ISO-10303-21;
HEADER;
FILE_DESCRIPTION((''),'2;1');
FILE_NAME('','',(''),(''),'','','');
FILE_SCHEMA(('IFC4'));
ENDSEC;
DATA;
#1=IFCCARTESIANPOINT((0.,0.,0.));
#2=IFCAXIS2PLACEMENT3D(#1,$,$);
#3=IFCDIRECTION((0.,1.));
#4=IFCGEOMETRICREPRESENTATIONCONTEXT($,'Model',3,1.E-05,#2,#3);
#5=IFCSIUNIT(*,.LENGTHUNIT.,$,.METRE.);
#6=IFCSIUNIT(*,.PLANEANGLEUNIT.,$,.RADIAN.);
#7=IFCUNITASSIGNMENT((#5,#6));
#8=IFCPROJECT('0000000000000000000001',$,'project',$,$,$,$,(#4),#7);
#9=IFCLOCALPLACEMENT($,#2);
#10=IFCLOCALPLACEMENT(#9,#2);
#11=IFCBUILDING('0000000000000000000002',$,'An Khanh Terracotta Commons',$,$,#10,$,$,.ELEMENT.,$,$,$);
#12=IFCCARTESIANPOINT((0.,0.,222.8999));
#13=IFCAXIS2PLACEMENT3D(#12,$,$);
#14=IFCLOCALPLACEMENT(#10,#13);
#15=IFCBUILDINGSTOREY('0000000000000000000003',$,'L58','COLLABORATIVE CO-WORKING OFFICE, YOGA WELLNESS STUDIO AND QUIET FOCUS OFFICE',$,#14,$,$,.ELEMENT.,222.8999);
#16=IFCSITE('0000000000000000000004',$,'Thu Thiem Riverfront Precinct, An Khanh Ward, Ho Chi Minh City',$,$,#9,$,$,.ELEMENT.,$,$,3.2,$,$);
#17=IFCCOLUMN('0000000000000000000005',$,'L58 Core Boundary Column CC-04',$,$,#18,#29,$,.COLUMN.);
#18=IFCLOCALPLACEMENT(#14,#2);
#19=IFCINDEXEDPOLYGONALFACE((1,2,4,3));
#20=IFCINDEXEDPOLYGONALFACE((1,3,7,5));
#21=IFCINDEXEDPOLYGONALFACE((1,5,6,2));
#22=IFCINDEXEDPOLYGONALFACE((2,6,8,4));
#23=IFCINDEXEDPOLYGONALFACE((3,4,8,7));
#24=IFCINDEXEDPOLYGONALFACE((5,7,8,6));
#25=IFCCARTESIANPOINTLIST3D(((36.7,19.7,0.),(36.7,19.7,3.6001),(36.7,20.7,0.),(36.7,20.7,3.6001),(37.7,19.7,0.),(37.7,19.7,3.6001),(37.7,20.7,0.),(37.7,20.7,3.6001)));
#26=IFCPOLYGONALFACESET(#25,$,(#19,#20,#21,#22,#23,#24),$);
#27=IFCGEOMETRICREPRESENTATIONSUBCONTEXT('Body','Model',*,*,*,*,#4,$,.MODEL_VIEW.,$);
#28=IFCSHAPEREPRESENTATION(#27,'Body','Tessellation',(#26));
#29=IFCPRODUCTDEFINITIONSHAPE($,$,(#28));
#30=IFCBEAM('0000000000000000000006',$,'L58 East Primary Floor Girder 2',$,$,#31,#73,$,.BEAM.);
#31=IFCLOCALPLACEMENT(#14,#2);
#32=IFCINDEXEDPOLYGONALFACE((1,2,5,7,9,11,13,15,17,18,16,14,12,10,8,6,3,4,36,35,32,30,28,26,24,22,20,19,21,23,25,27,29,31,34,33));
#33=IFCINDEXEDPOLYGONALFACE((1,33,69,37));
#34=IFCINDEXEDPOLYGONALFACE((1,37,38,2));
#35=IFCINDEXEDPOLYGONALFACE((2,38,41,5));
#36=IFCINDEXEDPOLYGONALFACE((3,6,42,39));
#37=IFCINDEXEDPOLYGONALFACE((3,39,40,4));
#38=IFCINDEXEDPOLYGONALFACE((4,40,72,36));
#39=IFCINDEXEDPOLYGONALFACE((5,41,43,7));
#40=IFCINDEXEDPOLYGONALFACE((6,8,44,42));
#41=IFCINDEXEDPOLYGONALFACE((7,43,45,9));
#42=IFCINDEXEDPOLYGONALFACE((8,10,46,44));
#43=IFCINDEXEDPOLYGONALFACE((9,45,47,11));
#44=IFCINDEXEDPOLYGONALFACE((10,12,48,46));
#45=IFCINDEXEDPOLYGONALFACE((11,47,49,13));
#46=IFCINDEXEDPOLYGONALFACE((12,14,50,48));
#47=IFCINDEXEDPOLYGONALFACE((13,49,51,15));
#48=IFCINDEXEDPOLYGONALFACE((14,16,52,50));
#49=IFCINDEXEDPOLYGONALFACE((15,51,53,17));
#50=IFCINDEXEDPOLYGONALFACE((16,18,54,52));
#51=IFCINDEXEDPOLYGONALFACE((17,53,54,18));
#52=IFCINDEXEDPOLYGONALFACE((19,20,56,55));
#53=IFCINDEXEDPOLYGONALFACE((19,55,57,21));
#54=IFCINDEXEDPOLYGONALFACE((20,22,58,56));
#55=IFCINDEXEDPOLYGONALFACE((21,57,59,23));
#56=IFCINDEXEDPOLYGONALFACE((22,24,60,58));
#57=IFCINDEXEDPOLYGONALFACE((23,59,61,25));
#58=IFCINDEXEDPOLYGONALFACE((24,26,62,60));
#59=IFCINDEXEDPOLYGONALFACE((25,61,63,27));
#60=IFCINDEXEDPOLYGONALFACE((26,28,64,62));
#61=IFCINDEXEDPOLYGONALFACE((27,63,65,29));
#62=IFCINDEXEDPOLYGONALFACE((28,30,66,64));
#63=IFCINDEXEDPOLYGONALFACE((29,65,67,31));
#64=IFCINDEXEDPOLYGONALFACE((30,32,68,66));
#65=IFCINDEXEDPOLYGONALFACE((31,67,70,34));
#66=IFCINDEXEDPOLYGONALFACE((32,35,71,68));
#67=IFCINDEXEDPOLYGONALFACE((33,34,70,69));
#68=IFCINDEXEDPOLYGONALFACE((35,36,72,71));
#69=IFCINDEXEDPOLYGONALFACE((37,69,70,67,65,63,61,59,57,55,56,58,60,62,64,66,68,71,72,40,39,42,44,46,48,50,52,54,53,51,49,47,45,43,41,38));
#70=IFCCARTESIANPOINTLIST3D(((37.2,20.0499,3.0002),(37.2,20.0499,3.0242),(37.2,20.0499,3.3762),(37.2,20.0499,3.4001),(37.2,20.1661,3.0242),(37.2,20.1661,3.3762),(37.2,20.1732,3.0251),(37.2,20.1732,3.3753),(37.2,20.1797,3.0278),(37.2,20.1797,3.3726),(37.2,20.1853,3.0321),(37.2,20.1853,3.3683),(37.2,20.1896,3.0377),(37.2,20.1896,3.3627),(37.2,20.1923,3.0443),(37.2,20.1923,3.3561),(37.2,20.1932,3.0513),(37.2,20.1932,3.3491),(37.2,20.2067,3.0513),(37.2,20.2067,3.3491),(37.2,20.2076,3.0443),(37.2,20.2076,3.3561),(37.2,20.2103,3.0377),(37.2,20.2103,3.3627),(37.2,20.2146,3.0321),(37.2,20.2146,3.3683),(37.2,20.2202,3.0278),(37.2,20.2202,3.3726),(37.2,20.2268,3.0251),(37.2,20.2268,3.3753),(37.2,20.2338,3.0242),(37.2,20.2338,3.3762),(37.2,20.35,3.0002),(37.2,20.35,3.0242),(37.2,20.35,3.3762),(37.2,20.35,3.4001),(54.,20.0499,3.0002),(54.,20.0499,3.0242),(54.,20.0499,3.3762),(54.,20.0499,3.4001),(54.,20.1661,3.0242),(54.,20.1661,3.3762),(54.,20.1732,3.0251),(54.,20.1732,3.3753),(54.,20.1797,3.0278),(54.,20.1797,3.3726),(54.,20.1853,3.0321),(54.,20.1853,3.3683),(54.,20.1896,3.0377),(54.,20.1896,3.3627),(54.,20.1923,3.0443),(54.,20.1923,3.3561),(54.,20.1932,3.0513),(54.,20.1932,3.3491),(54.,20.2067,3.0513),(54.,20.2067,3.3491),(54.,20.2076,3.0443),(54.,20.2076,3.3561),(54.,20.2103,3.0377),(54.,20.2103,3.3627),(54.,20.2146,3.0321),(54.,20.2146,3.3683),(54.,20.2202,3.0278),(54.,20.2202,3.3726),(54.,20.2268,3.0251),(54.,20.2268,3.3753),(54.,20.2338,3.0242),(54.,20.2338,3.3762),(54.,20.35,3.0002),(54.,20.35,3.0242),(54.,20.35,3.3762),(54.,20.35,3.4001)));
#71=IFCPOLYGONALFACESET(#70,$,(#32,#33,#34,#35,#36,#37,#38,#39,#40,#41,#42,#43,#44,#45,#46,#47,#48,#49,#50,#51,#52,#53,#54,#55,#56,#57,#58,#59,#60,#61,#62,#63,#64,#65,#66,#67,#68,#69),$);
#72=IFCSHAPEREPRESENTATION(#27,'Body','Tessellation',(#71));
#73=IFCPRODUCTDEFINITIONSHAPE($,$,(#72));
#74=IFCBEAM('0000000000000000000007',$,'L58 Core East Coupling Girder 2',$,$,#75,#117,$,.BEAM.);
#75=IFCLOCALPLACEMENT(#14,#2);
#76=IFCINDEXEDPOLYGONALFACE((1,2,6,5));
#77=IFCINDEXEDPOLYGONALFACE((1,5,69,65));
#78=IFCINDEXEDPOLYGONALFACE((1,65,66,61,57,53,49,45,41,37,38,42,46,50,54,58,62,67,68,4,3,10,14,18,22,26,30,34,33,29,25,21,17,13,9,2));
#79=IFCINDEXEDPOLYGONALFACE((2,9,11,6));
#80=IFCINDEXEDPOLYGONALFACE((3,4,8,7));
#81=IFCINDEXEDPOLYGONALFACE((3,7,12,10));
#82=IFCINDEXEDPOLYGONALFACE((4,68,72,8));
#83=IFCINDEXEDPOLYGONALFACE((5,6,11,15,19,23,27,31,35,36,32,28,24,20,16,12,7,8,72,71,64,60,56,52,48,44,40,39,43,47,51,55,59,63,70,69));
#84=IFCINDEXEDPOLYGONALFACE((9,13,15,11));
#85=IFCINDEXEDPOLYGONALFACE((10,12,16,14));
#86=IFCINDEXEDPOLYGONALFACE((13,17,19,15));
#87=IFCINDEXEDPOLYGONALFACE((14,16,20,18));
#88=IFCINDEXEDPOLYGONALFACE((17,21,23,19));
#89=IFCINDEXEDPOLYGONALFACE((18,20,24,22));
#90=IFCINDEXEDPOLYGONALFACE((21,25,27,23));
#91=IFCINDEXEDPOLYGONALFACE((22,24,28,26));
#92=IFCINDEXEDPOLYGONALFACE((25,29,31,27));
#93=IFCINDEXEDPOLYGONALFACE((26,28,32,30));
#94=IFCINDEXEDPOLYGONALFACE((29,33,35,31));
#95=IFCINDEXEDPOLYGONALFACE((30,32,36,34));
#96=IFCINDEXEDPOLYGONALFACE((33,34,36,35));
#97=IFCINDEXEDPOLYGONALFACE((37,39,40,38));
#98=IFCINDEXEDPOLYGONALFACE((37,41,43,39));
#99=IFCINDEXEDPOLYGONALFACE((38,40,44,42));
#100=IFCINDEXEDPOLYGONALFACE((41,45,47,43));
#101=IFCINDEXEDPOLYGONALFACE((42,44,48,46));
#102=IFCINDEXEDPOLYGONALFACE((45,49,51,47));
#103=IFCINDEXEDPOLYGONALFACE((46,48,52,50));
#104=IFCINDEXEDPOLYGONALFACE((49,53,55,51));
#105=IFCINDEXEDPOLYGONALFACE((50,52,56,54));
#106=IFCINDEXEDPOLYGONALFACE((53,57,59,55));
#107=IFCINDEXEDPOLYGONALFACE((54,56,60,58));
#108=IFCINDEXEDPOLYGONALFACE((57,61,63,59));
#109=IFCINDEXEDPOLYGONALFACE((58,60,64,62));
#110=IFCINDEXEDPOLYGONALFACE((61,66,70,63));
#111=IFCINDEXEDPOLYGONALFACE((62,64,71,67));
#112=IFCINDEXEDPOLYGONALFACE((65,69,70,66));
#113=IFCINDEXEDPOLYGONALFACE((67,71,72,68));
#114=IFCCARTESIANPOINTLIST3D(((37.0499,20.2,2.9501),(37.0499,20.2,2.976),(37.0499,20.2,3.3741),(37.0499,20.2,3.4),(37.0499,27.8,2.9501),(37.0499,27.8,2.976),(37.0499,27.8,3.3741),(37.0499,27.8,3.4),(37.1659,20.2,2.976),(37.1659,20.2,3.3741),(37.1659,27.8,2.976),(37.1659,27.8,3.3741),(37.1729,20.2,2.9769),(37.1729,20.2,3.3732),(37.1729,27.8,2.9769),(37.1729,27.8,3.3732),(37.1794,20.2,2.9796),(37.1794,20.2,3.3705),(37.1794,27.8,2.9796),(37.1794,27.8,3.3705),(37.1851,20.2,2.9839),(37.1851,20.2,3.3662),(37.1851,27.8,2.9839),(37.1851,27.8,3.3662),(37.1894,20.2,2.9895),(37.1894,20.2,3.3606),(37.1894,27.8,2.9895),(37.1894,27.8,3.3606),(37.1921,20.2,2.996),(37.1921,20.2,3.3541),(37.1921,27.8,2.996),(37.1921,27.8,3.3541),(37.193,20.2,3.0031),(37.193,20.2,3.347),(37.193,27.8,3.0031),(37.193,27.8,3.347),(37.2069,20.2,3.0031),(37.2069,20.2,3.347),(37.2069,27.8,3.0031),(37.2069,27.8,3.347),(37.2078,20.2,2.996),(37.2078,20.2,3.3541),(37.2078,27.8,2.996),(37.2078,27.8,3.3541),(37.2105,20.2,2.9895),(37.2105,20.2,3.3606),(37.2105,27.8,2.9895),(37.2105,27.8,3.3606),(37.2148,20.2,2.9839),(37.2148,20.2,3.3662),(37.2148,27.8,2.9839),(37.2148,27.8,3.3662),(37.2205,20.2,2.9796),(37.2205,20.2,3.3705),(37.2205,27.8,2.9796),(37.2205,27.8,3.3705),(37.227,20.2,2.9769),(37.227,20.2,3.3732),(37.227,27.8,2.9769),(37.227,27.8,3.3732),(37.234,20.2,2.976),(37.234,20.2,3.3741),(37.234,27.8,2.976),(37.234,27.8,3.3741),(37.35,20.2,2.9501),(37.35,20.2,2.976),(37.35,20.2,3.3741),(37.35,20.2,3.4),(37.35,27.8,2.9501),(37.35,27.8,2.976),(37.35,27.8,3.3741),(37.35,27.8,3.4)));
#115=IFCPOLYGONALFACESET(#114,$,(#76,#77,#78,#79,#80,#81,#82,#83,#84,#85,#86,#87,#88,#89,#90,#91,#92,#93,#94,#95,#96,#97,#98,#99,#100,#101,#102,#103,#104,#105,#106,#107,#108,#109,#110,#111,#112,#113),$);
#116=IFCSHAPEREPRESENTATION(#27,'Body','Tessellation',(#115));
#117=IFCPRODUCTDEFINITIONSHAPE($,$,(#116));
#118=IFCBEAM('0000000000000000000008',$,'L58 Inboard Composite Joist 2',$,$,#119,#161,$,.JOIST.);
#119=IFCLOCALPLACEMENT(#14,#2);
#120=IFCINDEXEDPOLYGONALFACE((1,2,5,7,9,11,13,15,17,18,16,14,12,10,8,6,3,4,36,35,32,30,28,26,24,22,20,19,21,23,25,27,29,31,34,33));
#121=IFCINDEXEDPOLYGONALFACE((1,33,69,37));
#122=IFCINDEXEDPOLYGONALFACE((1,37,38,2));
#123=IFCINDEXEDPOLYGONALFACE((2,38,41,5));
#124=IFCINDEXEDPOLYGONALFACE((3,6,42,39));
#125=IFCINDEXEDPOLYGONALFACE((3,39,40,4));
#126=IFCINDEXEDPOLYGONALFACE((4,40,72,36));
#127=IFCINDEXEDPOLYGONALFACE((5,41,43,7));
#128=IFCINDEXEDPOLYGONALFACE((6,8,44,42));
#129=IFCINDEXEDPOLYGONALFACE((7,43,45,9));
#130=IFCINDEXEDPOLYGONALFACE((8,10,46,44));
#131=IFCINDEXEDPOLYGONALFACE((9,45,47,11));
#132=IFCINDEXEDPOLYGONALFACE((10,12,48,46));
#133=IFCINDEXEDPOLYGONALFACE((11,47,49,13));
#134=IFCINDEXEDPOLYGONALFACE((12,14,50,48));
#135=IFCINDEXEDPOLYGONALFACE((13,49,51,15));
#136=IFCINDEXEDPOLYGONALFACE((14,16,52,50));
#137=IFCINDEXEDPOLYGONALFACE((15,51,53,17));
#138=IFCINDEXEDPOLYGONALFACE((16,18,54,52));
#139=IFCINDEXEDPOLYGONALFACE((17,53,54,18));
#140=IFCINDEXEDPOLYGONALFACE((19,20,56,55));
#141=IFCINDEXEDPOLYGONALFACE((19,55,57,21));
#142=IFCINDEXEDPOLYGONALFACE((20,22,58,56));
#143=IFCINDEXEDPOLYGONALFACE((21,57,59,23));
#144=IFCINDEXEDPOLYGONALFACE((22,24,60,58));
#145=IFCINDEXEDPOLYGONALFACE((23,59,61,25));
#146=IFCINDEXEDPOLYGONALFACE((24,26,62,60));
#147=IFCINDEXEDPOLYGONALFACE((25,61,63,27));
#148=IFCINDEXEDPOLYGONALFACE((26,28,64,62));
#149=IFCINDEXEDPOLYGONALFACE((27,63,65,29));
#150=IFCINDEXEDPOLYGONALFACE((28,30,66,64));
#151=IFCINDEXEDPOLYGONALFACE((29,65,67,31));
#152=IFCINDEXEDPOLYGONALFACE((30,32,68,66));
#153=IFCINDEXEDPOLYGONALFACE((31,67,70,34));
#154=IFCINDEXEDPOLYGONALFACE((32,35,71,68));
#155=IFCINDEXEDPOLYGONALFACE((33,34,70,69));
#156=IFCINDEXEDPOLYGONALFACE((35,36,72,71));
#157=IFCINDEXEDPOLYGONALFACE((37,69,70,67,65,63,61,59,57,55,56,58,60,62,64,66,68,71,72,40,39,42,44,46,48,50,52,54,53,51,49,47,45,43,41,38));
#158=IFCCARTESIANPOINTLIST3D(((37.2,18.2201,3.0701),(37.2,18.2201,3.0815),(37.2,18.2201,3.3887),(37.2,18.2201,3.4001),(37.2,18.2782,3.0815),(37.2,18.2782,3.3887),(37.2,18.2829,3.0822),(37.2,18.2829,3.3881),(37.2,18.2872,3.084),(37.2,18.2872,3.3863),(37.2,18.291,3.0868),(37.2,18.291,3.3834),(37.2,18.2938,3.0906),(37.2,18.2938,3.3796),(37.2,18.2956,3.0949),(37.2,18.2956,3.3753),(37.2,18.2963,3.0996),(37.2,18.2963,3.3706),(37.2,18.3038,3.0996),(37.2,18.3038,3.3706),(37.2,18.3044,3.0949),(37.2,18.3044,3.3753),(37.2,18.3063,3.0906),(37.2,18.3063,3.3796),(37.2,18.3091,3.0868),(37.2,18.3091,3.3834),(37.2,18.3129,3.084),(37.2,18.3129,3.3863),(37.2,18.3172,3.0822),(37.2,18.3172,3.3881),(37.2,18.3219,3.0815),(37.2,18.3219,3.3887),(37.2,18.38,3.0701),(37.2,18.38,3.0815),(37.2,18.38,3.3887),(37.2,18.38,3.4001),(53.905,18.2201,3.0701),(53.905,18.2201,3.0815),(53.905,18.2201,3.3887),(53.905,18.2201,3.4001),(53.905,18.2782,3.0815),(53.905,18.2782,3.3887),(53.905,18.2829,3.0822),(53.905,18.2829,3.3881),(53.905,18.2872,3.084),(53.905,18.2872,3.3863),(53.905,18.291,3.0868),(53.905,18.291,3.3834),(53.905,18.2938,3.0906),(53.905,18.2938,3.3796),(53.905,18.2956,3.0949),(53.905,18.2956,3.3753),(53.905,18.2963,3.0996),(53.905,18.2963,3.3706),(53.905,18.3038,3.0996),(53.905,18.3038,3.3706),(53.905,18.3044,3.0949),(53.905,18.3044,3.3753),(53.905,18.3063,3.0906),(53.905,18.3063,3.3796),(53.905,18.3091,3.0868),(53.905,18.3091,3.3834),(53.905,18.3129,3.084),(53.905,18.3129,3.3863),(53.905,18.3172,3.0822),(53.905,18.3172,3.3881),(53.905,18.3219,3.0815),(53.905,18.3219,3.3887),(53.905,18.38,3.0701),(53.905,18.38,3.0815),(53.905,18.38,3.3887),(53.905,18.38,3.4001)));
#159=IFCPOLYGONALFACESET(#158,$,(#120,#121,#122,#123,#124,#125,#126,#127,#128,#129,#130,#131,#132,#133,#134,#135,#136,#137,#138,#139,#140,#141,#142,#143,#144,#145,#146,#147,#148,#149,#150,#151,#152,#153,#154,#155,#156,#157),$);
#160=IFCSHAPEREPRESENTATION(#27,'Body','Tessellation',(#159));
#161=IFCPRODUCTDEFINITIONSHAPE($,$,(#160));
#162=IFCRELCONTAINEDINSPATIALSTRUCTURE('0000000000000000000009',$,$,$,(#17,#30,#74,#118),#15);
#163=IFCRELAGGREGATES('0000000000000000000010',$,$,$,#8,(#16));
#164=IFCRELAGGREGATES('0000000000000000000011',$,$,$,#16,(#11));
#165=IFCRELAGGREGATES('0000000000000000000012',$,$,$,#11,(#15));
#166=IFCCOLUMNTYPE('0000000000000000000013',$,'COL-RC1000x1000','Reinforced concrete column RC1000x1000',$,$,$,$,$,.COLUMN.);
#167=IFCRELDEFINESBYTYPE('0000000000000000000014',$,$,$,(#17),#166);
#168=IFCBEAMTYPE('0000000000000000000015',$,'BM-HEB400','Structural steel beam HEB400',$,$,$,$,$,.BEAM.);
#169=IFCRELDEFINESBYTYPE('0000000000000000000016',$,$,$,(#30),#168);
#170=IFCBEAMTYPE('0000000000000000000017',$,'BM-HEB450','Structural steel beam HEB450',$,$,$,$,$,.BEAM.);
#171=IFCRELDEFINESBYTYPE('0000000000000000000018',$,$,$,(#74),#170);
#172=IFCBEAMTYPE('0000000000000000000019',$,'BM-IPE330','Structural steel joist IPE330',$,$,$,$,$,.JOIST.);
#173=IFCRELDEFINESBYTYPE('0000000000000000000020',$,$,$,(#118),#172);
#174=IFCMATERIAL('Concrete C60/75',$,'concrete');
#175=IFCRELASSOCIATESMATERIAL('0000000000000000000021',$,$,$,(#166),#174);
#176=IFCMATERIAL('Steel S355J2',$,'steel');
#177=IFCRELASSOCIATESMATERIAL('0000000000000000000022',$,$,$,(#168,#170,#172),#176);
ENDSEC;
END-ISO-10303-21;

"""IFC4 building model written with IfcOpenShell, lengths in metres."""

from ifc_helpers import new_model, si_unit, direction, frame, origin, origin_2d, place, context, subcontext, project, spatial, rectangle, i_section, extrude, material, material_profile, profile_set, type_object, element, save


model = new_model("IFC4")

# Units and contexts
model_context = context("Model", 3, precision=1e-05, world=origin(), true_north=direction((0.0, 1.0)))
body_context = subcontext(model_context, "Body", "Model", "MODEL_VIEW")
ifc_project = project(units=[si_unit("LENGTHUNIT", "METRE"), si_unit("PLANEANGLEUNIT", "RADIAN")], contexts=[model_context])

# Site, building, storey
site_placement = place(None, origin())
site = spatial("IfcSite", under=ifc_project, at=site_placement, Name="Thu Thiem Riverfront Precinct, An Khanh Ward, Ho Chi Minh City", CompositionType="ELEMENT", RefElevation=3.2)
building_placement = place(site_placement, origin())
building = spatial("IfcBuilding", under=site, at=building_placement, Name="An Khanh Terracotta Commons", CompositionType="ELEMENT")
storey_placement = place(building_placement, frame((0.0, 0.0, 222.8999)))
storey = spatial("IfcBuildingStorey", under=building, at=storey_placement, Name="L58", Description="COLLABORATIVE CO-WORKING OFFICE, YOGA WELLNESS STUDIO AND QUIET FOCUS OFFICE", CompositionType="ELEMENT", Elevation=222.8999)

# Column
ifc_material_1 = material(Name="Concrete C60/75", Category="concrete")
ifc_material_profile_1 = material_profile(ifc_material_1, rectangle(XDim=1.0, YDim=1.0, at=origin_2d()), Name="RC1000x1000")
ifc_profile_set_1 = profile_set([ifc_material_profile_1], Name="Concrete C60/75")
column_type = type_object("IfcColumnType", Name="COL-RC1000x1000", Description="Reinforced concrete column RC1000x1000", PredefinedType="COLUMN", material=ifc_profile_set_1)
column_placement = place(storey_placement, frame((37.2, 20.2, 0.0), z_axis=(0.0, 0.0, 1.0), x_axis=(1.0, 0.0, 0.0)))
element("IfcColumn", 1, at=column_placement, inside=storey, type_object=column_type, Name="L58 Core Boundary Column CC-04", PredefinedType="COLUMN", context=body_context, shape_type="SweptSolid", body=[
    extrude(rectangle(XDim=1.0, YDim=1.0, at=origin_2d()), origin(), (0.0, 0.0, 1.0), 3.6001),
])

# Beams
ifc_material_2 = material(Name="Steel S355J2", Category="steel")
ifc_material_profile_2 = material_profile(ifc_material_2, i_section(OverallWidth=0.3, OverallDepth=0.3999, WebThickness=0.0134, FlangeThickness=0.0239, FilletRadius=0.0271, at=origin_2d()), Name="HEB400")
ifc_profile_set_2 = profile_set([ifc_material_profile_2], Name="Steel S355J2")
beam_type_1 = type_object("IfcBeamType", Name="BM-HEB400", Description="Structural steel beam HEB400", PredefinedType="BEAM", material=ifc_profile_set_2)
beam_1_placement = place(storey_placement, frame((37.2, 20.2, 3.2002), z_axis=(1.0, 0.0, 0.0), x_axis=(0.0, 1.0, 0.0)))
element("IfcBeam", 2, at=beam_1_placement, inside=storey, type_object=beam_type_1, Name="L58 East Primary Floor Girder 2", PredefinedType="BEAM", context=body_context, shape_type="SweptSolid", body=[
    extrude(i_section(OverallWidth=0.3, OverallDepth=0.3999, WebThickness=0.0134, FlangeThickness=0.0239, FilletRadius=0.0271, at=origin_2d()), origin(), (0.0, 0.0, 1.0), 16.8),
])
ifc_material_profile_3 = material_profile(ifc_material_2, i_section(OverallWidth=0.3, OverallDepth=0.45, WebThickness=0.0139, FlangeThickness=0.0259, FilletRadius=0.0271, at=origin_2d()), Name="HEB450")
ifc_profile_set_3 = profile_set([ifc_material_profile_3], Name="Steel S355J2")
beam_type_2 = type_object("IfcBeamType", Name="BM-HEB450", Description="Structural steel beam HEB450", PredefinedType="BEAM", material=ifc_profile_set_3)
beam_2_placement = place(storey_placement, frame((37.2, 20.2, 3.175), z_axis=(0.0, 1.0, 0.0), x_axis=(-1.0, 0.0, 0.0)))
element("IfcBeam", 3, at=beam_2_placement, inside=storey, type_object=beam_type_2, Name="L58 Core East Coupling Girder 2", PredefinedType="BEAM", context=body_context, shape_type="SweptSolid", body=[
    extrude(i_section(OverallWidth=0.3, OverallDepth=0.45, WebThickness=0.0139, FlangeThickness=0.0259, FilletRadius=0.0271, at=origin_2d()), origin(), (0.0, 0.0, 1.0), 7.6001),
])
ifc_material_profile_4 = material_profile(ifc_material_2, i_section(OverallWidth=0.1599, OverallDepth=0.3301, WebThickness=0.0076, FlangeThickness=0.0115, FilletRadius=0.0181, at=origin_2d()), Name="IPE330")
ifc_profile_set_4 = profile_set([ifc_material_profile_4], Name="Steel S355J2")
beam_type_3 = type_object("IfcBeamType", Name="BM-IPE330", Description="Structural steel joist IPE330", PredefinedType="JOIST", material=ifc_profile_set_4)
for number, where, z_axis, x_axis, name in (
    (4, (37.2, 18.3, 3.2351), (1.0, 0.0, 0.0), (0.0, 1.0, 0.0), "L58 Inboard Composite Joist 2"),
):
    element("IfcBeam", number, at=place(storey_placement, frame(where, z_axis=z_axis, x_axis=x_axis)), inside=storey, type_object=beam_type_3, Name=name, PredefinedType="JOIST", context=body_context, shape_type="SweptSolid", body=[
        extrude(i_section(OverallWidth=0.1599, OverallDepth=0.3301, WebThickness=0.0076, FlangeThickness=0.0115, FilletRadius=0.0181, at=origin_2d()), origin(), (0.0, 0.0, 1.0), 16.7051),
    ])

save(model, "model.ifc")
